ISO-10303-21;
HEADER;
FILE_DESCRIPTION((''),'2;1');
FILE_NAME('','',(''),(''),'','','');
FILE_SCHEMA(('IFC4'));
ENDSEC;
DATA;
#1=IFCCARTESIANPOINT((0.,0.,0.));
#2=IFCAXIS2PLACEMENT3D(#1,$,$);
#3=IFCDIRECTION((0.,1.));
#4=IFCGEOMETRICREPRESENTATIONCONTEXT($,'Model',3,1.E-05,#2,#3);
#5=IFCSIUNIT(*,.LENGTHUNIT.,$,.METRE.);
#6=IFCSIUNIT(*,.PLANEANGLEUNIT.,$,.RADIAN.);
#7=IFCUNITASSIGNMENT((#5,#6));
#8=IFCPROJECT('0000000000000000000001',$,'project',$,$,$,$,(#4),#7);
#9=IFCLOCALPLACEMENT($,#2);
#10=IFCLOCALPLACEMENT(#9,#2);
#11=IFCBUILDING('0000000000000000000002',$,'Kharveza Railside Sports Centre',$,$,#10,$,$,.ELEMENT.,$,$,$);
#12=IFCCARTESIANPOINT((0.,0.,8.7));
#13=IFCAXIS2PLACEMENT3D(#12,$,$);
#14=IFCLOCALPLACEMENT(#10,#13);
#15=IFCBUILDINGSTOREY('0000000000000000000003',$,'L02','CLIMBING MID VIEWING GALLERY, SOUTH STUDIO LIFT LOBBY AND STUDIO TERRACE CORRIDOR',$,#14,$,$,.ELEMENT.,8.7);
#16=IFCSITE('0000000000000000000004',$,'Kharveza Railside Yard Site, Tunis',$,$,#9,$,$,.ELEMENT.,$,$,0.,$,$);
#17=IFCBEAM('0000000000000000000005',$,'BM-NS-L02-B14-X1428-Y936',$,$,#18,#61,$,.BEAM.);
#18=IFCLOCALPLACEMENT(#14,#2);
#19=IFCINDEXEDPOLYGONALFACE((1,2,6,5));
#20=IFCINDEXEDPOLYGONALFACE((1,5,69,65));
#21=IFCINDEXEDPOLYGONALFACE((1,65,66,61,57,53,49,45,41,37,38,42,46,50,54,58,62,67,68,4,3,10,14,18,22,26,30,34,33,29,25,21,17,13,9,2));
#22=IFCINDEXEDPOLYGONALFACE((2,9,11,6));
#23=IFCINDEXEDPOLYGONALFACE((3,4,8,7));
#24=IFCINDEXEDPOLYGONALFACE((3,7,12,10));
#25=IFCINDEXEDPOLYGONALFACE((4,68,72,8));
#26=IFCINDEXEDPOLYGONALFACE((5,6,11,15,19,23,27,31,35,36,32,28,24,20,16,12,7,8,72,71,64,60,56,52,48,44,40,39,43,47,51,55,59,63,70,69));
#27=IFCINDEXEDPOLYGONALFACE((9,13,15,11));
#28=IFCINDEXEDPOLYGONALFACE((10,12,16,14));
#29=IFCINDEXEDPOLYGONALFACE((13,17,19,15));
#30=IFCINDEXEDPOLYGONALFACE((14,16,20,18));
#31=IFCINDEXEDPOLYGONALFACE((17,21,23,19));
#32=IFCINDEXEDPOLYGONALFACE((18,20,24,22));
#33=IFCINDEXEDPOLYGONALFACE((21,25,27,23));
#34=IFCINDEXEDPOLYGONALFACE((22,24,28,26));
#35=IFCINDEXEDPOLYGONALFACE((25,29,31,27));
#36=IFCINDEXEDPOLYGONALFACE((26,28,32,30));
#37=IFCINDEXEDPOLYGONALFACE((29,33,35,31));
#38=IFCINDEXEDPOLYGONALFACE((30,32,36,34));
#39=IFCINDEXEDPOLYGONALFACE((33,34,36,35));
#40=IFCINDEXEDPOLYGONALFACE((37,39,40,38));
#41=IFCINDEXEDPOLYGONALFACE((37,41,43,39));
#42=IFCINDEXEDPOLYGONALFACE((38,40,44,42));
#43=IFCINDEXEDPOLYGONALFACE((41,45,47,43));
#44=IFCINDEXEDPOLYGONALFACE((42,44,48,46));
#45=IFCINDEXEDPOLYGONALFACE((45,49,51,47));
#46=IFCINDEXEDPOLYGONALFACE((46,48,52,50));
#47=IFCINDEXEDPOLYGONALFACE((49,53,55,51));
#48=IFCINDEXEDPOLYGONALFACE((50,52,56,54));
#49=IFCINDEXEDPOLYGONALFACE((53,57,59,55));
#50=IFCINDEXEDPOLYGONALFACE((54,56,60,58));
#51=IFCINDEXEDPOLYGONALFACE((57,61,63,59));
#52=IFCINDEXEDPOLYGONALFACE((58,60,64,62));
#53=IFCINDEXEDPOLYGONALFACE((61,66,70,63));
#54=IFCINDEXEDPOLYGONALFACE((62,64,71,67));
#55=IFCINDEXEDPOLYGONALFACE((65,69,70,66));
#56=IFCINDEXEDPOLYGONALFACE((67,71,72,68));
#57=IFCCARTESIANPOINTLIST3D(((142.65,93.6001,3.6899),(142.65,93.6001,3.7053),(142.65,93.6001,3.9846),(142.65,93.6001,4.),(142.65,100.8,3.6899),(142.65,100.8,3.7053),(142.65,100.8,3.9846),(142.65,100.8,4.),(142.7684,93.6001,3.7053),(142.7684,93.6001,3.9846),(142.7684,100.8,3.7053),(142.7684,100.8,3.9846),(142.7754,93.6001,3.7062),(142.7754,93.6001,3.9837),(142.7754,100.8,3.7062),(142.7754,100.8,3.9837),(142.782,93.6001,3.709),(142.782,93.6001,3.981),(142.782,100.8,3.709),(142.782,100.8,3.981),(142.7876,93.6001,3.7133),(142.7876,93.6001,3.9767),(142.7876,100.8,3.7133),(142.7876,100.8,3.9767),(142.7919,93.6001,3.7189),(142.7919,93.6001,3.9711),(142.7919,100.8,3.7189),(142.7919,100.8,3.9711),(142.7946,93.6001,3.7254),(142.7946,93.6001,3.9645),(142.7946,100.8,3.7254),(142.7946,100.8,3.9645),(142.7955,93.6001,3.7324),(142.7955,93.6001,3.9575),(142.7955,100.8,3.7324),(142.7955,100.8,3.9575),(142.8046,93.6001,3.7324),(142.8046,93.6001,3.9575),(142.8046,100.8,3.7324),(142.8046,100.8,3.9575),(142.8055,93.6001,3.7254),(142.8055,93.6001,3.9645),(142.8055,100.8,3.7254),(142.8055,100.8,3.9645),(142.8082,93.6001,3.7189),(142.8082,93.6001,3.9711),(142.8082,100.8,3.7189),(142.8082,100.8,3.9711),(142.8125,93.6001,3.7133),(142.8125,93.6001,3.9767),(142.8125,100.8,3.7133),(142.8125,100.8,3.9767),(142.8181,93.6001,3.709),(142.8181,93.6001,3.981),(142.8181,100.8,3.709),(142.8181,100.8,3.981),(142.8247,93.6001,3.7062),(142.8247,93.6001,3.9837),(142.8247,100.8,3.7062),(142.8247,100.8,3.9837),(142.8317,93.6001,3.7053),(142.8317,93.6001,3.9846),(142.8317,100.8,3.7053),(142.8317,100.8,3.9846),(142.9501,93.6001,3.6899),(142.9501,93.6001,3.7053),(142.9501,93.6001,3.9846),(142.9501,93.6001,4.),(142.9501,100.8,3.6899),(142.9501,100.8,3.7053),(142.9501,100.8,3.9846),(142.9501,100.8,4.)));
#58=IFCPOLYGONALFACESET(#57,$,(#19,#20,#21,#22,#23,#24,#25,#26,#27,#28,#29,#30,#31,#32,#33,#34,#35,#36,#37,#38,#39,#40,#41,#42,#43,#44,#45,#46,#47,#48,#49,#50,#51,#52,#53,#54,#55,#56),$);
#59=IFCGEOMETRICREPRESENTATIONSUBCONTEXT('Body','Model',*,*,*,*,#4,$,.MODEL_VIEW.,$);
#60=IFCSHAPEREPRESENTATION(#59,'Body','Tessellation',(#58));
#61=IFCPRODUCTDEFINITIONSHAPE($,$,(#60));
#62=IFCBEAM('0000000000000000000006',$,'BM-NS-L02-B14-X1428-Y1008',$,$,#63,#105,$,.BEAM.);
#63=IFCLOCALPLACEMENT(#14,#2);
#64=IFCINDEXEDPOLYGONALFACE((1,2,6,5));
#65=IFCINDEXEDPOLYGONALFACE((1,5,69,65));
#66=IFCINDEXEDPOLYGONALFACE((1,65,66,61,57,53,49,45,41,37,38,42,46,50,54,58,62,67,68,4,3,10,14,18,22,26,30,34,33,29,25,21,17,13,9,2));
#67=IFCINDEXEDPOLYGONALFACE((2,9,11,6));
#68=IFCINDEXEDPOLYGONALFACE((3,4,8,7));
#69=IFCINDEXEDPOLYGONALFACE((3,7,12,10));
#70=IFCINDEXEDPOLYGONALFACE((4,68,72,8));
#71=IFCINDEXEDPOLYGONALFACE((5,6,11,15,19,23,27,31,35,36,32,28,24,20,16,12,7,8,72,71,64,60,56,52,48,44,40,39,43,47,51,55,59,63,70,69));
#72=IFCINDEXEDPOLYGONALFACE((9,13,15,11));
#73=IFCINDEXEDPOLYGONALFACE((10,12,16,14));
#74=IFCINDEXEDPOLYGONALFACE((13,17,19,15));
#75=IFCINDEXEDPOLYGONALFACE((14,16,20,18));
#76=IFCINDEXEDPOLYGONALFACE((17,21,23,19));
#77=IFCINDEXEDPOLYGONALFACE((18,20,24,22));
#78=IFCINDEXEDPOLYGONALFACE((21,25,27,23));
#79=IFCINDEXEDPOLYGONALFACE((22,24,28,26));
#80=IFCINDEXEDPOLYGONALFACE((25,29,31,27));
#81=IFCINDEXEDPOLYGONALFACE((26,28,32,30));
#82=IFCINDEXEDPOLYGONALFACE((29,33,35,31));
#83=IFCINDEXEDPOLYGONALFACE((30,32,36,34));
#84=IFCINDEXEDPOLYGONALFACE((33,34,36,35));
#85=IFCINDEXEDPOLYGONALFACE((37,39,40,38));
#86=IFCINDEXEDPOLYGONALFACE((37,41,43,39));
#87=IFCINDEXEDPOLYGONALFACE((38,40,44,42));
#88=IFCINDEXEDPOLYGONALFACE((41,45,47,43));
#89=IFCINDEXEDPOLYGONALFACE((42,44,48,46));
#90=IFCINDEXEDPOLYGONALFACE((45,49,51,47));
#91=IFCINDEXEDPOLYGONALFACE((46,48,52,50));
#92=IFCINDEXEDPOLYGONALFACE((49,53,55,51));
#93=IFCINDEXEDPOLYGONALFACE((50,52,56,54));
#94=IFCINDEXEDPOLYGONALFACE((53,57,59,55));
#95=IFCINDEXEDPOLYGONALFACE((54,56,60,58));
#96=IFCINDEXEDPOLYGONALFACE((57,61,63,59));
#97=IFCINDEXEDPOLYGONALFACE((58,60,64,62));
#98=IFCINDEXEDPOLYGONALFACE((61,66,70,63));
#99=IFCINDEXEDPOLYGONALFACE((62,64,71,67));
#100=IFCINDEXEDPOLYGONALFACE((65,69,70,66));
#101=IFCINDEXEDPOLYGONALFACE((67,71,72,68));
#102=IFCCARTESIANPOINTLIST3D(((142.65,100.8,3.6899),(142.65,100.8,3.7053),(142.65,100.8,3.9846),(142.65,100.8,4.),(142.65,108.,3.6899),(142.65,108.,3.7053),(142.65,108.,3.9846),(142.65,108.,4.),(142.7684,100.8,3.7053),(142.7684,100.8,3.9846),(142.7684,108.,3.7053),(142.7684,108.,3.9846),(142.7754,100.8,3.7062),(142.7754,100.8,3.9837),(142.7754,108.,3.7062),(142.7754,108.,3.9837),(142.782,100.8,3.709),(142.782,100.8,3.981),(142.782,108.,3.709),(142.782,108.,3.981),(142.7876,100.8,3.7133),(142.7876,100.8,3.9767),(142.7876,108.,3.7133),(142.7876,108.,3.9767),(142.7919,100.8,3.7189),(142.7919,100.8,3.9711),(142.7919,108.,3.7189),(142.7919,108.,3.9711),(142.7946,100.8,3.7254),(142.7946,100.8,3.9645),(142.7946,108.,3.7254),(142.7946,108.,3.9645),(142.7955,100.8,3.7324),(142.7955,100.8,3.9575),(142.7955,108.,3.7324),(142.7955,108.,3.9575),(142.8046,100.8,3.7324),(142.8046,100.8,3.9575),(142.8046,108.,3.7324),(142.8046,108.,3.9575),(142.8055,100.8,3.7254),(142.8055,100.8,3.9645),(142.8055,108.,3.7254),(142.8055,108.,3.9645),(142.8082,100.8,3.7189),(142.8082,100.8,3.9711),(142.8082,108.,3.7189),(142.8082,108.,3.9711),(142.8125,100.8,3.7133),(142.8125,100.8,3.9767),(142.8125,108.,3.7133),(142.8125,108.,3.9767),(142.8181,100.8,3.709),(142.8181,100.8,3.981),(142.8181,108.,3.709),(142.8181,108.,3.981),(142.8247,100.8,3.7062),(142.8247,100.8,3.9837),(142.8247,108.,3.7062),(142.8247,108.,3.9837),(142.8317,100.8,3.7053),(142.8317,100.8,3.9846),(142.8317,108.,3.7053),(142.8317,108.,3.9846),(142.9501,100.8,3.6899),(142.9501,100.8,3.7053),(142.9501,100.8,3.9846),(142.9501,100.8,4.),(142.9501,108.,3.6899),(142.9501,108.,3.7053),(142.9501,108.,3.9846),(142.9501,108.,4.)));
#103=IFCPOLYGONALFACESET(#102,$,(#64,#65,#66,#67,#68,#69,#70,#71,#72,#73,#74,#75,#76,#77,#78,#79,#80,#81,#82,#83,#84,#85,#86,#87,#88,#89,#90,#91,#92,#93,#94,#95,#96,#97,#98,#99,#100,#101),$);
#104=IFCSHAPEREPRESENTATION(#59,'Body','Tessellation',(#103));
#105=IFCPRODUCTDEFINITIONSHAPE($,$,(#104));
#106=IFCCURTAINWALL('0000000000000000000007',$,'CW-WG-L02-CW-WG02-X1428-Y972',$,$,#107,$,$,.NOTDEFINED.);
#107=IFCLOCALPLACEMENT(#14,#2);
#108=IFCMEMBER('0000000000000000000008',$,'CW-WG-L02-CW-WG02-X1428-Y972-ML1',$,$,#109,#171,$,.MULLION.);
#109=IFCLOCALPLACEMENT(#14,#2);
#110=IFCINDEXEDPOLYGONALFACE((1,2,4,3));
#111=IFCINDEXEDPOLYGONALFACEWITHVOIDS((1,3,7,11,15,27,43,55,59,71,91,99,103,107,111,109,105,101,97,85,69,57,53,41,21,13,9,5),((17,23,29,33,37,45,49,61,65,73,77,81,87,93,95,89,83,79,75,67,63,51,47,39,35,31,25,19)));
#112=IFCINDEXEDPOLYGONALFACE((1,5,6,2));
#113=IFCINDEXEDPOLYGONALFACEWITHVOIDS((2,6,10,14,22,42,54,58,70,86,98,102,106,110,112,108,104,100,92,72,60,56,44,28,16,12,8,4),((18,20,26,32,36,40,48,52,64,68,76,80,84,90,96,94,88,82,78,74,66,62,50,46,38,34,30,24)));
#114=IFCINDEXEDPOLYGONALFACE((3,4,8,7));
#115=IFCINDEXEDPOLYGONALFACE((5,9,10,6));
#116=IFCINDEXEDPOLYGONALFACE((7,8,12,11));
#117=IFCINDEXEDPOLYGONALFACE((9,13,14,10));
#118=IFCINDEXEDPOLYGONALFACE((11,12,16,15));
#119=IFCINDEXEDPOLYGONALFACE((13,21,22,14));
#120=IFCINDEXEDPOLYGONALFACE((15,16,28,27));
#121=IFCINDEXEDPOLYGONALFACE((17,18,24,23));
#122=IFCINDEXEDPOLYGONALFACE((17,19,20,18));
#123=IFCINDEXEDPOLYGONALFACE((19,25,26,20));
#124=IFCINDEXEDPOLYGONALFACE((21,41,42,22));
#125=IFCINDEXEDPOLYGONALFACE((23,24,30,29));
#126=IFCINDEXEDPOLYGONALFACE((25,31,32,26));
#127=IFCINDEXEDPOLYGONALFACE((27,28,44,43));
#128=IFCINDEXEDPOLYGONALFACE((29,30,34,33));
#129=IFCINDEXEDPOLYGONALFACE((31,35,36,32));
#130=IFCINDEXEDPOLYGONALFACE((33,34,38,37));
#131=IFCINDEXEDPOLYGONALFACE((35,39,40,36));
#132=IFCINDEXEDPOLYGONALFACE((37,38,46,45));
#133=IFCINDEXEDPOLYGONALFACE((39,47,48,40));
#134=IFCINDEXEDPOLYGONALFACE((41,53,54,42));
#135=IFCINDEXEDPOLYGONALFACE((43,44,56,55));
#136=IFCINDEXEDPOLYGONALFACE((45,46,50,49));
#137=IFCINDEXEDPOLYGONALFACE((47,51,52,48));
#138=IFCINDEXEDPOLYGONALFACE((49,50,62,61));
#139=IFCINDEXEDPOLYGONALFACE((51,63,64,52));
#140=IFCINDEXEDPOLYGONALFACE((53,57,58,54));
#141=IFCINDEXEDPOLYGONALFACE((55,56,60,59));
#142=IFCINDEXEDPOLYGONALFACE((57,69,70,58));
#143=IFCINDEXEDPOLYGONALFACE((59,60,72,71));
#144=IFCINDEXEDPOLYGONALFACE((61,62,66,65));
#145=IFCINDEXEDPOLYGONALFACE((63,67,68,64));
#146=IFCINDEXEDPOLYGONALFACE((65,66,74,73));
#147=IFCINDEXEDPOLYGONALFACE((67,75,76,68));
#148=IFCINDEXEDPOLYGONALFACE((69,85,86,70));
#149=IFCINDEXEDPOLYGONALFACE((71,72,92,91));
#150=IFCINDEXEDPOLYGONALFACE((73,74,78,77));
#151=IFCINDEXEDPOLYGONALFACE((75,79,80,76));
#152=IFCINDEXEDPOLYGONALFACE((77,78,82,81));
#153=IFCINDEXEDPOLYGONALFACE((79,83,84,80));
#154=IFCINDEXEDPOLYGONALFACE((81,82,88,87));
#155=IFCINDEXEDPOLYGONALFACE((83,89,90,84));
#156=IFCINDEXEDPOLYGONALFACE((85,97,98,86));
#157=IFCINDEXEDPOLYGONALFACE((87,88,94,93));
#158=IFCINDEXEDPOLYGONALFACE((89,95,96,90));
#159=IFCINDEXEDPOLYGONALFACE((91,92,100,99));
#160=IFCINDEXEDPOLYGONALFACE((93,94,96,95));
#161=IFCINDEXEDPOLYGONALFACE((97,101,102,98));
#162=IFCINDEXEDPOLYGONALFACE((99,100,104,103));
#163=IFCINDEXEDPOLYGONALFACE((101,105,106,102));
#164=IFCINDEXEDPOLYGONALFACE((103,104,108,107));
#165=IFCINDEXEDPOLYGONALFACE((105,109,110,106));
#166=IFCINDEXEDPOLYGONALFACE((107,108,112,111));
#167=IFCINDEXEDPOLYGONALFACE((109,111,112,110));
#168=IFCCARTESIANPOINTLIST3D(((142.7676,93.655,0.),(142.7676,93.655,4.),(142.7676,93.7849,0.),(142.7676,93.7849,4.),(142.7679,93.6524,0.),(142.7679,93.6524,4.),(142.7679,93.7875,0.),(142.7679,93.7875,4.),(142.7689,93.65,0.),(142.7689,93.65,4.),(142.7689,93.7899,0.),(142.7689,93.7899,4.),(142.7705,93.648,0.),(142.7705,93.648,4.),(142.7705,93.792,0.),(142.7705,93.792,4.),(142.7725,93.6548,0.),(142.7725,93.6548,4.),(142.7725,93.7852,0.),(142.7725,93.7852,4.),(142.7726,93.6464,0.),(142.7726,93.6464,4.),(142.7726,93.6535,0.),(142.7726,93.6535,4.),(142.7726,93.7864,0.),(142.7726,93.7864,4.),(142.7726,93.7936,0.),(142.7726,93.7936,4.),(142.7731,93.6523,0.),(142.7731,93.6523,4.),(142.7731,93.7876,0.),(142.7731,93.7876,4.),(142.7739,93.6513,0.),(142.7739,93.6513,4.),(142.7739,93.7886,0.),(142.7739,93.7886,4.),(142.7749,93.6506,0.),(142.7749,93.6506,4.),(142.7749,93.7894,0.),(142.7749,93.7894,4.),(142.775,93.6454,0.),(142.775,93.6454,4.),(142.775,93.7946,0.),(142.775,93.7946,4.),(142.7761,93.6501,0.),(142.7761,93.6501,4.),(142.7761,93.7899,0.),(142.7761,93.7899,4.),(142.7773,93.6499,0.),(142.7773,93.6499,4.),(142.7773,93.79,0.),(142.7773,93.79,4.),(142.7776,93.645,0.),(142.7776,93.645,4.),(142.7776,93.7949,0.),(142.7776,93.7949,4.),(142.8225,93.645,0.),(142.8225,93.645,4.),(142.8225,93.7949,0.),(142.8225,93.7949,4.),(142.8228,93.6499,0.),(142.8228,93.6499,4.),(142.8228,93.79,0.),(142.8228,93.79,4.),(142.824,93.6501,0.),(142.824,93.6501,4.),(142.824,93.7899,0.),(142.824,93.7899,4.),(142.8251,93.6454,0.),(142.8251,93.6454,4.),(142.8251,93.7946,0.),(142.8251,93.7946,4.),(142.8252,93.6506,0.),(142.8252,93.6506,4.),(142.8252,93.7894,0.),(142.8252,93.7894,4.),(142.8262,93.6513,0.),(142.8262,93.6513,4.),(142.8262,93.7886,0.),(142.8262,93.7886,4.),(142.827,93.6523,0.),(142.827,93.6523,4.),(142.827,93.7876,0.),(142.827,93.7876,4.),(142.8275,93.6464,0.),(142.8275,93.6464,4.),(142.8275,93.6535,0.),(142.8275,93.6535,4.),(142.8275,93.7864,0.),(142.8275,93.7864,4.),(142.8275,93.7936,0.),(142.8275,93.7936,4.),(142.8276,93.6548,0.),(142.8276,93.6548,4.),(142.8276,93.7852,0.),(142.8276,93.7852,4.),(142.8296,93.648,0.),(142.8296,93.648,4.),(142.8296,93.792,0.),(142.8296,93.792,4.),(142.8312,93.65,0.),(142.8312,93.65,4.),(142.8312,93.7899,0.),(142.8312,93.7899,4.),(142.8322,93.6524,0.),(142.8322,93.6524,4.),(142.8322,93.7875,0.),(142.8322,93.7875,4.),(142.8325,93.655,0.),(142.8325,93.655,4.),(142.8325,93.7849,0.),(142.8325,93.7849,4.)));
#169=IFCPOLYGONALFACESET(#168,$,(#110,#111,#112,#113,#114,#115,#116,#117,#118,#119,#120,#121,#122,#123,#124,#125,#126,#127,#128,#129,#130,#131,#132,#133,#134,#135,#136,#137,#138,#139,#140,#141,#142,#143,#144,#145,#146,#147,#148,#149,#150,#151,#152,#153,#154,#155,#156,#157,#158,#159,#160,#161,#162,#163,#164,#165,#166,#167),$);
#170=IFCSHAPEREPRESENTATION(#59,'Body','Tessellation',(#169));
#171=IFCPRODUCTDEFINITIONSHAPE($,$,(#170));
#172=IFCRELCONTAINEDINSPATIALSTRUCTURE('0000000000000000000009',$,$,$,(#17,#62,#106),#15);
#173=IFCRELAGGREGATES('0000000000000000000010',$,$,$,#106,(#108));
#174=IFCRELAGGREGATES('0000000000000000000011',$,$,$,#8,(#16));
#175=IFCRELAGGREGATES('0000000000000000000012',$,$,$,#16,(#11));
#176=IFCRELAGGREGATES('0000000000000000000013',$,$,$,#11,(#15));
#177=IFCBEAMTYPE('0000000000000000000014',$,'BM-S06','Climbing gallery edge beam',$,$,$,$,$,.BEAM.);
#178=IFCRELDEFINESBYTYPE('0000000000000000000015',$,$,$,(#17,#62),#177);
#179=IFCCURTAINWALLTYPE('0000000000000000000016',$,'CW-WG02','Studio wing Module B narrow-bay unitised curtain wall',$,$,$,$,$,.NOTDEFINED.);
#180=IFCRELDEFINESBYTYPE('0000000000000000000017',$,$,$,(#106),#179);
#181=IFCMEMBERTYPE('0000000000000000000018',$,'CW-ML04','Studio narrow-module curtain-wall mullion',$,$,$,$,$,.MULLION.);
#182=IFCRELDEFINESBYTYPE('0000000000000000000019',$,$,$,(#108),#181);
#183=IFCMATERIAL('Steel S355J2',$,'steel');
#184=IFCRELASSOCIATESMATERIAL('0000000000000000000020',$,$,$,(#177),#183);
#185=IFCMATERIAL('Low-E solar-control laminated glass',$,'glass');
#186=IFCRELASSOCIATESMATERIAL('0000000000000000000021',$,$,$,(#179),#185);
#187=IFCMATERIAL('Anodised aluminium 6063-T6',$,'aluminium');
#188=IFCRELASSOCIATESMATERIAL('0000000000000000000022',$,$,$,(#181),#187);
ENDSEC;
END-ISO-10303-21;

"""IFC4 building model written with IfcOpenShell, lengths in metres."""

from ifc_helpers import new_model, si_unit, direction, frame, origin, origin_2d, place, context, subcontext, project, spatial, hollow_rectangle, i_section, extrude, material, material_profile, profile_set, type_object, element, aggregate, save


model = new_model("IFC4")

# Units and contexts
model_context = context("Model", 3, precision=1e-05, world=origin(), true_north=direction((0.0, 1.0)))
body_context = subcontext(model_context, "Body", "Model", "MODEL_VIEW")
ifc_project = project(units=[si_unit("LENGTHUNIT", "METRE"), si_unit("PLANEANGLEUNIT", "RADIAN")], contexts=[model_context])

# Site, building, storey
site_placement = place(None, origin())
site = spatial("IfcSite", under=ifc_project, at=site_placement, Name="Kharveza Railside Yard Site, Tunis", CompositionType="ELEMENT", RefElevation=0.0)
building_placement = place(site_placement, origin())
building = spatial("IfcBuilding", under=site, at=building_placement, Name="Kharveza Railside Sports Centre", CompositionType="ELEMENT")
storey_placement = place(building_placement, frame((0.0, 0.0, 8.7)))
storey = spatial("IfcBuildingStorey", under=building, at=storey_placement, Name="L02", Description="CLIMBING MID VIEWING GALLERY, SOUTH STUDIO LIFT LOBBY AND STUDIO TERRACE CORRIDOR", CompositionType="ELEMENT", Elevation=8.7)

# Shared definitions
ifc_material_1 = material(Name="Steel S355J2", Category="steel")

# Beams
ifc_material_profile_1 = material_profile(ifc_material_1, i_section(OverallWidth=0.3, OverallDepth=0.3101, WebThickness=0.009, FlangeThickness=0.0154, FilletRadius=0.0271, at=origin_2d()), Name="HEA 320")
ifc_profile_set_1 = profile_set([ifc_material_profile_1], Name="Steel S355J2")
beam_type_1 = type_object("IfcBeamType", Name="BM-S06", Description="Climbing gallery edge beam", PredefinedType="BEAM", material=ifc_profile_set_1)
for number, where, z_axis, x_axis, name in (
    (1, (142.8, 93.6001, 3.845), (0.0, 1.0, 0.0), (-1.0, 0.0, 0.0), "BM-NS-L02-B14-X1428-Y936"),
    (2, (142.8, 100.8, 3.845), (0.0, 1.0, 0.0), (-1.0, 0.0, 0.0), "BM-NS-L02-B14-X1428-Y1008"),
):
    element("IfcBeam", number, at=place(storey_placement, frame(where, z_axis=z_axis, x_axis=x_axis)), inside=storey, type_object=beam_type_1, Name=name, PredefinedType="BEAM", context=body_context, shape_type="SweptSolid", body=[
        extrude(i_section(OverallWidth=0.3, OverallDepth=0.3101, WebThickness=0.009, FlangeThickness=0.0154, FilletRadius=0.0271, at=origin_2d()), origin(), (0.0, 0.0, 1.0), 7.2),
    ])

# Curtain wall, member
ifc_material_2 = material(Name="Low-E solar-control laminated glass", Category="glass")
curtain_wall_type = type_object("IfcCurtainWallType", Name="CW-WG02", Description="Studio wing Module B narrow-bay unitised curtain wall", PredefinedType="NOTDEFINED", material=ifc_material_2)
curtain_wall_placement = place(storey_placement, origin())
curtain_wall = element("IfcCurtainWall", 3, at=curtain_wall_placement, inside=storey, type_object=curtain_wall_type, Name="CW-WG-L02-CW-WG02-X1428-Y972", PredefinedType="NOTDEFINED")
ifc_material_3 = material(Name="Anodised aluminium 6063-T6", Category="aluminium")
ifc_material_profile_2 = material_profile(ifc_material_3, hollow_rectangle(XDim=0.0649, YDim=0.1499, WallThickness=0.0049, InnerFilletRadius=0.0049, OuterFilletRadius=0.01, at=origin_2d()), Name="RHS 65x150x5.0")
ifc_profile_set_2 = profile_set([ifc_material_profile_2], Name="Anodised aluminium 6063-T6")
member_type_1 = type_object("IfcMemberType", Name="CW-ML04", Description="Studio narrow-module curtain-wall mullion", PredefinedType="MULLION", material=ifc_profile_set_2)
member_1_placement = place(storey_placement, frame((142.8, 93.72, 0.0), z_axis=(0.0, 0.0, 1.0), x_axis=(1.0, 0.0, 0.0)))
member_1 = element("IfcMember", 4, at=member_1_placement, type_object=member_type_1, Name="CW-WG-L02-CW-WG02-X1428-Y972-ML1", PredefinedType="MULLION", context=body_context, shape_type="SweptSolid", body=[
    extrude(hollow_rectangle(XDim=0.0649, YDim=0.1499, WallThickness=0.0049, InnerFilletRadius=0.0049, OuterFilletRadius=0.01, at=origin_2d()), origin(), (0.0, 0.0, 1.0), 4.0),
])

aggregate(curtain_wall, [member_1])

save(model, "model.ifc")
